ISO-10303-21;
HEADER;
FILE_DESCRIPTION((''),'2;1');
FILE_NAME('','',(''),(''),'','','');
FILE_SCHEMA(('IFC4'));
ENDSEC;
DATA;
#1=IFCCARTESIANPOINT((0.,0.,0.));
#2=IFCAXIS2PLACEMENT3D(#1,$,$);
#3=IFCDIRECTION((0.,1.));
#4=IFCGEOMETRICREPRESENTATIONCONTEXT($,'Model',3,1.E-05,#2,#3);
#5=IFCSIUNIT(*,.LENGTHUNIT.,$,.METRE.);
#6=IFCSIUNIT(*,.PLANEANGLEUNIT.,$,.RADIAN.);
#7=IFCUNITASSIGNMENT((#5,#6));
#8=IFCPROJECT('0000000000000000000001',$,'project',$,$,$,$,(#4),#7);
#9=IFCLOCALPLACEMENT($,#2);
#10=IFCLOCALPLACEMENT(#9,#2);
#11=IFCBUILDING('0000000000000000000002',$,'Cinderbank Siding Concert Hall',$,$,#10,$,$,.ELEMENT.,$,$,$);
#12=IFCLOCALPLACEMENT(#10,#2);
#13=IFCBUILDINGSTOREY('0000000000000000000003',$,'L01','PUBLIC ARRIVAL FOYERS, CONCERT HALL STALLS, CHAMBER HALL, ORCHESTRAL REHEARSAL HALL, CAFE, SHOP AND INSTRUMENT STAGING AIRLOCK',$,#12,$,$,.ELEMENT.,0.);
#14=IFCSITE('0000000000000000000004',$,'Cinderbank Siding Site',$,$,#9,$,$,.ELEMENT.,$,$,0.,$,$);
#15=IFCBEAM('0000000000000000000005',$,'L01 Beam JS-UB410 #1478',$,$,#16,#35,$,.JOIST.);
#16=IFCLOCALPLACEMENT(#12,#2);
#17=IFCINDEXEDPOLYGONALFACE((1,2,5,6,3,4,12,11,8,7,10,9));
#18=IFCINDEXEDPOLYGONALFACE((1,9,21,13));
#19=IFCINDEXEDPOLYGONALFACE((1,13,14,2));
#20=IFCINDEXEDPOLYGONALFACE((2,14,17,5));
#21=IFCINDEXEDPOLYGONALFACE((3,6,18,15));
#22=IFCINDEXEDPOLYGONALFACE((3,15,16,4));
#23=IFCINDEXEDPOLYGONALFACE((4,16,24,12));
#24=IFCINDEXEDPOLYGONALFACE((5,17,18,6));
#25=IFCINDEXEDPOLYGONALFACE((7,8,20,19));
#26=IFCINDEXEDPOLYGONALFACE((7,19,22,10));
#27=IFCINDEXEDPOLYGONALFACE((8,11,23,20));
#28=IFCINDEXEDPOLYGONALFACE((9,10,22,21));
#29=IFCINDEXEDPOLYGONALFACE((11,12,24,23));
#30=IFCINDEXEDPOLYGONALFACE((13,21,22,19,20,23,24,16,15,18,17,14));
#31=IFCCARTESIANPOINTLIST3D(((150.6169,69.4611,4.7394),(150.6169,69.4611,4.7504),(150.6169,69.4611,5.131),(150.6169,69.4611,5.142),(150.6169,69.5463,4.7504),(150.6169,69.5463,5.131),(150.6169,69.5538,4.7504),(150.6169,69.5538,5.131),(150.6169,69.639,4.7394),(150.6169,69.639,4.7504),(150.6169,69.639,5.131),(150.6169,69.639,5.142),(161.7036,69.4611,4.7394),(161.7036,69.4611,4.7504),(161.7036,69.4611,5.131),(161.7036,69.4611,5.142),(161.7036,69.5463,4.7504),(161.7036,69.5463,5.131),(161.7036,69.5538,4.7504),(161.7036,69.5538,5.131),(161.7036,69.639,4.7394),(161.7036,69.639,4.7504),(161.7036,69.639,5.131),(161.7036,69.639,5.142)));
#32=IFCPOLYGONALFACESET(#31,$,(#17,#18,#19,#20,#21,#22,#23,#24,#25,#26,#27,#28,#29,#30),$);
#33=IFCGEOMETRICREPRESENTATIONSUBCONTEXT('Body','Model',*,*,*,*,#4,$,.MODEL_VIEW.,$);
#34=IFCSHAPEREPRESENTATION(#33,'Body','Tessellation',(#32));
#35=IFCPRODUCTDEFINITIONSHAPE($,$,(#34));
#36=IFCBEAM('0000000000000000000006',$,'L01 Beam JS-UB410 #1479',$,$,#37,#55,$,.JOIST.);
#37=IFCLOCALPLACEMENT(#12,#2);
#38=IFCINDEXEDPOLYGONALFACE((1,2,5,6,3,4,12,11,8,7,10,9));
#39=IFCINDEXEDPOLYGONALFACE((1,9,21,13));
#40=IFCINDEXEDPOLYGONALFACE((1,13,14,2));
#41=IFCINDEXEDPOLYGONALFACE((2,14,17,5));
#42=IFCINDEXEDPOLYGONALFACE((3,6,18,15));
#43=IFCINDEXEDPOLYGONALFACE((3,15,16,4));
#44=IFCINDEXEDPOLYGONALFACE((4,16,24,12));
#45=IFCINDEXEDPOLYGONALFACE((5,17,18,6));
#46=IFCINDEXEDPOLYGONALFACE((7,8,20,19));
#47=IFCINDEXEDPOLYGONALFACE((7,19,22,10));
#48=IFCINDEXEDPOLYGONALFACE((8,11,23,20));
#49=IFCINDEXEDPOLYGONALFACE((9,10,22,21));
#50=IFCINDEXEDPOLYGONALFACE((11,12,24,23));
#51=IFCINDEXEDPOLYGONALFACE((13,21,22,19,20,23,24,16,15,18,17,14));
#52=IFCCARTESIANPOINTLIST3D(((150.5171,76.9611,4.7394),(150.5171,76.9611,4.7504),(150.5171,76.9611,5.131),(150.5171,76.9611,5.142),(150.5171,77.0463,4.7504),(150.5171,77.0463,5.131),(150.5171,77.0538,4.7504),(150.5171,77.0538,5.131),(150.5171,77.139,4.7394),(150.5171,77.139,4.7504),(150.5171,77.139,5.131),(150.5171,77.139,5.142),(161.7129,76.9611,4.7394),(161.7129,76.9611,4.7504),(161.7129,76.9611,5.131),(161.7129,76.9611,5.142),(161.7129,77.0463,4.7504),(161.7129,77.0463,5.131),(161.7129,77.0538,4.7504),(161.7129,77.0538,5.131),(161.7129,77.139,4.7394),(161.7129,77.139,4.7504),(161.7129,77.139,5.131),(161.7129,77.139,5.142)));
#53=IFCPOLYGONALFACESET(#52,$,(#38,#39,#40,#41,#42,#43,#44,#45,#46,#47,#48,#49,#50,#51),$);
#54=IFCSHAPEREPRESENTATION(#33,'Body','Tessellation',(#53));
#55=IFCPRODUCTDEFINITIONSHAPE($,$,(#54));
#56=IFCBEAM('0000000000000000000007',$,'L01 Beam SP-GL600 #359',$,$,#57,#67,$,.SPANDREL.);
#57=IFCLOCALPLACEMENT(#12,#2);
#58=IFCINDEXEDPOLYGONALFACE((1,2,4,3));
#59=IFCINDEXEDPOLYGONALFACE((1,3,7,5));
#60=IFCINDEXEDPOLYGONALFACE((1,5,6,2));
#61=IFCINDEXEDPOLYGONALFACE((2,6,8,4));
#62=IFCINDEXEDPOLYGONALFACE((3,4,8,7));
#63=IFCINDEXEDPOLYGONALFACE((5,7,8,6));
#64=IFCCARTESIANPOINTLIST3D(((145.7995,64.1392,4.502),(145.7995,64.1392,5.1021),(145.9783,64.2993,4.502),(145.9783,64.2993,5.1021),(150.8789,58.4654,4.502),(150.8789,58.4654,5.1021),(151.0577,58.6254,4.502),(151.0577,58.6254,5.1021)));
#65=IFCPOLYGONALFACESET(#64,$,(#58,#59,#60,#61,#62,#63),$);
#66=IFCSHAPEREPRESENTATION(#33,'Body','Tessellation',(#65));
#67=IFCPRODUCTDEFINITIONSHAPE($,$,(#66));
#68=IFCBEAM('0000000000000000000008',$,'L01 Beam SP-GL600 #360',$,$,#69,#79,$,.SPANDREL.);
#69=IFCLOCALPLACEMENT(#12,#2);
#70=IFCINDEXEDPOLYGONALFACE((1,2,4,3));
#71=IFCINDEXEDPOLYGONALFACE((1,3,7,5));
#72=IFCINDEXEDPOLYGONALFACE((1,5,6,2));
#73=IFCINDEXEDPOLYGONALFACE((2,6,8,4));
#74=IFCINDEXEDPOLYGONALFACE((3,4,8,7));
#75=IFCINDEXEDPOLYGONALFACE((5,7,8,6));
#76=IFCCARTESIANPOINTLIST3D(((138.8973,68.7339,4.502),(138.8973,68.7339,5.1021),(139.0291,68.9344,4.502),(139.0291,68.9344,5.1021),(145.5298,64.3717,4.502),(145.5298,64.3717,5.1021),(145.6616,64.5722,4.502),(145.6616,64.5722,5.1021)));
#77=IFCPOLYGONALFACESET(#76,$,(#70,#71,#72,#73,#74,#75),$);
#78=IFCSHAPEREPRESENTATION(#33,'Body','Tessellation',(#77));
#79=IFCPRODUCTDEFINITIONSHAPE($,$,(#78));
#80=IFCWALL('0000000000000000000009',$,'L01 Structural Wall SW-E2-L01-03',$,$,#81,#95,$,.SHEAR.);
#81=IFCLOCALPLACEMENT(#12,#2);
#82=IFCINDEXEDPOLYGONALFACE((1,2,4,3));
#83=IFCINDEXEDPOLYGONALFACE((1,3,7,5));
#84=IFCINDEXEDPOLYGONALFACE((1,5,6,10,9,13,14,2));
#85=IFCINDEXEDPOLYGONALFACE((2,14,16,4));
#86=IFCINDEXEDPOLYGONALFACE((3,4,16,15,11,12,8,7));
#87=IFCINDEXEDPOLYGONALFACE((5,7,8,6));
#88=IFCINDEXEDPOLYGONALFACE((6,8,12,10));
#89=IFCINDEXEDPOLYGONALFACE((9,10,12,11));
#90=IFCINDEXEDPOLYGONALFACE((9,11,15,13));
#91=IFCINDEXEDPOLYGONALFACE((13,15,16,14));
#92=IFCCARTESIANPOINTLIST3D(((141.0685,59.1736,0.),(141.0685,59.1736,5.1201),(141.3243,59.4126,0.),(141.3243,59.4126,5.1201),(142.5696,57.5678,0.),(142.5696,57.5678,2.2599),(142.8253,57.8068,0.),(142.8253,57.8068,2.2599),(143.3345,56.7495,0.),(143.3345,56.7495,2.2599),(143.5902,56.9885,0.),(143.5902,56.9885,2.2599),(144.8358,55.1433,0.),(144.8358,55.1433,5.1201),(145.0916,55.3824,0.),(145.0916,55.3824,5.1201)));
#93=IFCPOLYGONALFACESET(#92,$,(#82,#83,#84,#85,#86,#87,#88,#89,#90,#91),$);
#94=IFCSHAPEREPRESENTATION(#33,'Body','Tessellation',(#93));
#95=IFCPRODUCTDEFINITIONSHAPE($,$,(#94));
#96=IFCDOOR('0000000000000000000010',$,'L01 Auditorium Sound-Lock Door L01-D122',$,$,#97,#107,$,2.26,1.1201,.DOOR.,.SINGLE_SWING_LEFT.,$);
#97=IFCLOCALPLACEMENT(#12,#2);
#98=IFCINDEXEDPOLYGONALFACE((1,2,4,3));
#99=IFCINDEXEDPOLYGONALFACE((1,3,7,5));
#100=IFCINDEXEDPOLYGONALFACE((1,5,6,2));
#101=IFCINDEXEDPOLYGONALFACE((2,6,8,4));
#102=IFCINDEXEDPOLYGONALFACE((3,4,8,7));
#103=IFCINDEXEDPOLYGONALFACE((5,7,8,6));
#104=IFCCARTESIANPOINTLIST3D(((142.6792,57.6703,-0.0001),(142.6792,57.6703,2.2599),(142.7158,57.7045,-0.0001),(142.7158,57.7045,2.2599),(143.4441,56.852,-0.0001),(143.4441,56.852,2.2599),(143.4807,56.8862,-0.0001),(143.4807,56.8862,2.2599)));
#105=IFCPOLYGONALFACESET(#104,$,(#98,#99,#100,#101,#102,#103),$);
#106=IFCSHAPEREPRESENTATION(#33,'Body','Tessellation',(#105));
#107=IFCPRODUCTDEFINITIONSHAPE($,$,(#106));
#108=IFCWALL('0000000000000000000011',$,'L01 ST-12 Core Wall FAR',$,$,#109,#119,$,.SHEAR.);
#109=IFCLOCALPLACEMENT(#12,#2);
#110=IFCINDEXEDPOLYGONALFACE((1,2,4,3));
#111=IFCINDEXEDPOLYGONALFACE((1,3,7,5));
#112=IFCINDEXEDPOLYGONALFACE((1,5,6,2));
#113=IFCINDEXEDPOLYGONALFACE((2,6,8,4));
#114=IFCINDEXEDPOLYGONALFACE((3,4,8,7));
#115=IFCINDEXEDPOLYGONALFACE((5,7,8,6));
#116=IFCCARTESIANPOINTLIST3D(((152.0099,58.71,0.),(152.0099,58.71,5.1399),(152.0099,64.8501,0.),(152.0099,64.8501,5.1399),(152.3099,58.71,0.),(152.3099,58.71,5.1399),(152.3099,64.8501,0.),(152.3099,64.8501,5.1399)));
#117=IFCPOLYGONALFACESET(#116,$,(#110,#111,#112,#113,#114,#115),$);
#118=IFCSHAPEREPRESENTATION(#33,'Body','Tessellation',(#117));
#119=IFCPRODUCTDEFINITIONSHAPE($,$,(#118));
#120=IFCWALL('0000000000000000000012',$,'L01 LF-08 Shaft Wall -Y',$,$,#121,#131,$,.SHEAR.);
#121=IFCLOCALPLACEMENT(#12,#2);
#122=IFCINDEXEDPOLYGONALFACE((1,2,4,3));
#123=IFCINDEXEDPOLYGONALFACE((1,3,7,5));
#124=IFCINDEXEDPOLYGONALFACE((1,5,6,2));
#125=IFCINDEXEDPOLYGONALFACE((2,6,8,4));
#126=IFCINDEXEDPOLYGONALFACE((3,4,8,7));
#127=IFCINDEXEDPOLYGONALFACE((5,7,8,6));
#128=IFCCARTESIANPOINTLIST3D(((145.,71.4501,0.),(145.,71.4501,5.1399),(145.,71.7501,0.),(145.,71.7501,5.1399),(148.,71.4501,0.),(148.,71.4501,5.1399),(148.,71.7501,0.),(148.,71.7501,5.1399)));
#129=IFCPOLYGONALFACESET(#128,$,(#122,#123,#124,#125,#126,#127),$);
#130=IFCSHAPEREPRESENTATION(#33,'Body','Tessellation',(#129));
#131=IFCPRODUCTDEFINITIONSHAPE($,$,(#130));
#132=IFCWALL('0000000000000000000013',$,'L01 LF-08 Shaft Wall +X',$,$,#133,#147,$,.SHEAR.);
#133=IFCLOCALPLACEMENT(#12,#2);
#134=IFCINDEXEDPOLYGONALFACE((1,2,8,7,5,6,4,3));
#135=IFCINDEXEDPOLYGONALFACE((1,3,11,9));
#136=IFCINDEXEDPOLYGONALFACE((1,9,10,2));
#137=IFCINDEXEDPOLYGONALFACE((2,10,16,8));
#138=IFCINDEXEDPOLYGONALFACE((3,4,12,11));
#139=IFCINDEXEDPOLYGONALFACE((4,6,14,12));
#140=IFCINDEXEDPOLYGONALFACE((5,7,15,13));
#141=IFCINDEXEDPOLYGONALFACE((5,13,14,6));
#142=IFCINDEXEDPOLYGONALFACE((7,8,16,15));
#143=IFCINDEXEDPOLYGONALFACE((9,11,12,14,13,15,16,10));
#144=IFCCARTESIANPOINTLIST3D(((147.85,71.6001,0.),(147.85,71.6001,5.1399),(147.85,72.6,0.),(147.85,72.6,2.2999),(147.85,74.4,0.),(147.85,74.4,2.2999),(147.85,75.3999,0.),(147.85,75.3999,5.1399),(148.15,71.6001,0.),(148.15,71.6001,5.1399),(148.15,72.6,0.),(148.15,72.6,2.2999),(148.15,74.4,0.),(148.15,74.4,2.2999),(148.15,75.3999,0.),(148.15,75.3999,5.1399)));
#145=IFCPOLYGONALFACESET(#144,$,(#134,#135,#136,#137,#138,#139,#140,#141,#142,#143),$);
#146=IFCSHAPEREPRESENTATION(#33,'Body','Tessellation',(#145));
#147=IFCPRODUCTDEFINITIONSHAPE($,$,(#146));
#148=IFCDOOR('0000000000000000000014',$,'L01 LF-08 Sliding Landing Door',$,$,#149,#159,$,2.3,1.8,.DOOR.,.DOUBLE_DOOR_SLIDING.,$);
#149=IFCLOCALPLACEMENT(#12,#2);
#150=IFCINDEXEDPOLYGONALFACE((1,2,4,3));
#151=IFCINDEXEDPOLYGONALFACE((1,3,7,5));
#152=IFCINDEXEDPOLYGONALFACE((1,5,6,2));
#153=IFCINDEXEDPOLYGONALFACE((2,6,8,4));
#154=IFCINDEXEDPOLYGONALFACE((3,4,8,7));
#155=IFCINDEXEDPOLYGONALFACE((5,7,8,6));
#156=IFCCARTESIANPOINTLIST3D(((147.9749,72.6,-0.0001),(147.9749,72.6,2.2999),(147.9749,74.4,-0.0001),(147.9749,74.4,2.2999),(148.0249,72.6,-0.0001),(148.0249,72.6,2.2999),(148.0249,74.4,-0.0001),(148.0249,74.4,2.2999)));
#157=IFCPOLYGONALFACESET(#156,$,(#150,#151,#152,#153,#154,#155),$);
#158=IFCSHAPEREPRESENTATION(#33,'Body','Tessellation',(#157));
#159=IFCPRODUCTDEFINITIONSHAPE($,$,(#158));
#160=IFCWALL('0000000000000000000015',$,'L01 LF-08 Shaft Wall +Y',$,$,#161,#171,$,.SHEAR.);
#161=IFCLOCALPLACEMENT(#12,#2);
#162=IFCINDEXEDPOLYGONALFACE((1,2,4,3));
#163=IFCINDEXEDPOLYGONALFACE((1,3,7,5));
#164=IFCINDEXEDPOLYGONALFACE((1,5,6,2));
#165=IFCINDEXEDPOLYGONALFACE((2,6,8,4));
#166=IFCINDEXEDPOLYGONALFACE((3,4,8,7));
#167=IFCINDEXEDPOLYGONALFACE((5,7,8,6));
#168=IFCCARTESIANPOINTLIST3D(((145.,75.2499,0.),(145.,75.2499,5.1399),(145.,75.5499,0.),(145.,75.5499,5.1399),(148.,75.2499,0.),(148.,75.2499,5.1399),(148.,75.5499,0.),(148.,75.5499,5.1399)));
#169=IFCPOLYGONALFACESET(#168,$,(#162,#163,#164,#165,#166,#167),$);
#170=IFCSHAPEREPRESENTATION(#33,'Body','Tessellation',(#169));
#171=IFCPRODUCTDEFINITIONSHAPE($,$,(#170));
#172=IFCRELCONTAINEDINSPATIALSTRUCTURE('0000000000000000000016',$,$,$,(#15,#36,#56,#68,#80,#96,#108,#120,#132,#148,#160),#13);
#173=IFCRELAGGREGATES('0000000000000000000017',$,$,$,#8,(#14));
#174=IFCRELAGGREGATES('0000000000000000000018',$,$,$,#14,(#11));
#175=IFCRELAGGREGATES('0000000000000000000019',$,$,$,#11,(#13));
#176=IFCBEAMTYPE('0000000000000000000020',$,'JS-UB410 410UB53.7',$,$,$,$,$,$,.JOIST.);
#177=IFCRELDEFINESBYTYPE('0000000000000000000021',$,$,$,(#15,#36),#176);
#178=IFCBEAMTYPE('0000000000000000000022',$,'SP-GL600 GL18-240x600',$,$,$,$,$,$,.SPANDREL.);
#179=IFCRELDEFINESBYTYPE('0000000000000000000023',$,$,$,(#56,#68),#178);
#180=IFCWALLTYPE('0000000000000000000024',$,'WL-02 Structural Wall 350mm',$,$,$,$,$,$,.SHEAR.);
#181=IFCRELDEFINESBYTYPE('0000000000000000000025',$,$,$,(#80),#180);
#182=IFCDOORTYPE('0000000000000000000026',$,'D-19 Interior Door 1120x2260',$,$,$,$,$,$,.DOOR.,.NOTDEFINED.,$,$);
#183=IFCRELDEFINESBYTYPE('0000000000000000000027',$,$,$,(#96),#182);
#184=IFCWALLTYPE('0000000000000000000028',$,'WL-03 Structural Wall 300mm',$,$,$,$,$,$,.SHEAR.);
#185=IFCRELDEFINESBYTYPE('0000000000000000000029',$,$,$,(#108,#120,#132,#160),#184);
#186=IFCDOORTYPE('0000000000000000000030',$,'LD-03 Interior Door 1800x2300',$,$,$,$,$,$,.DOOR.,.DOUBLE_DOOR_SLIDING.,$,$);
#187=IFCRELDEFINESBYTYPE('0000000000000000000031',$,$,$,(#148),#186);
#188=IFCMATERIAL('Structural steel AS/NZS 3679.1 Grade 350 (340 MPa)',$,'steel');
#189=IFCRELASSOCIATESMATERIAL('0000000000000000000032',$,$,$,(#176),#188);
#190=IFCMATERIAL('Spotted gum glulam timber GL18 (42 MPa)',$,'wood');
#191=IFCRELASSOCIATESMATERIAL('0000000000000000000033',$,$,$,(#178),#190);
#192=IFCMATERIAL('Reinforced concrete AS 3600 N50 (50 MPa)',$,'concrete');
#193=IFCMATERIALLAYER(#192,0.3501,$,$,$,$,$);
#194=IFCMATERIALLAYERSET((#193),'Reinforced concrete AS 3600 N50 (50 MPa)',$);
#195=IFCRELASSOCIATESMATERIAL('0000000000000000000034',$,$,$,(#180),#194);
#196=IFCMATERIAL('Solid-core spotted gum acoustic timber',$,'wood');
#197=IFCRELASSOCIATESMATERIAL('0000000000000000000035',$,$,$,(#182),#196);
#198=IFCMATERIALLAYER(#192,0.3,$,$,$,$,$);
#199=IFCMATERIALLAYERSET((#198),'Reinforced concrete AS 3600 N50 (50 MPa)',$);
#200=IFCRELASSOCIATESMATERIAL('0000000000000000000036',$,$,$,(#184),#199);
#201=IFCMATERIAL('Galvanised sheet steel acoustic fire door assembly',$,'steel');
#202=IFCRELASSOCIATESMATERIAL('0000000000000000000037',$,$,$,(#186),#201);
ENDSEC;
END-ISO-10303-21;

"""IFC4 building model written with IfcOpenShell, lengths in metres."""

from ifc_helpers import new_model, si_unit, direction, frame, frame_2d, origin, origin_2d, place, context, subcontext, project, spatial, rectangle, i_section, extrude, material, layer, layer_set, material_profile, profile_set, type_object, element, fill, save


model = new_model("IFC4")

# Units and contexts
model_context = context("Model", 3, precision=1e-05, world=origin(), true_north=direction((0.0, 1.0)))
body_context = subcontext(model_context, "Body", "Model", "MODEL_VIEW")
ifc_project = project(units=[si_unit("LENGTHUNIT", "METRE"), si_unit("PLANEANGLEUNIT", "RADIAN")], contexts=[model_context])

# Site, building, storey
site_placement = place(None, origin())
site = spatial("IfcSite", under=ifc_project, at=site_placement, Name="Cinderbank Siding Site", CompositionType="ELEMENT", RefElevation=0.0)
building_placement = place(site_placement, origin())
building = spatial("IfcBuilding", under=site, at=building_placement, Name="Cinderbank Siding Concert Hall", CompositionType="ELEMENT")
storey_placement = place(building_placement, origin())
storey = spatial("IfcBuildingStorey", under=building, at=storey_placement, Name="L01", Description="PUBLIC ARRIVAL FOYERS, CONCERT HALL STALLS, CHAMBER HALL, ORCHESTRAL REHEARSAL HALL, CAFE, SHOP AND INSTRUMENT STAGING AIRLOCK", CompositionType="ELEMENT", Elevation=0.0)

# Shared definitions
ifc_material_1 = material(Name="Reinforced concrete AS 3600 N50 (50 MPa)", Category="concrete")

# Beams
ifc_material_2 = material(Name="Structural steel AS/NZS 3679.1 Grade 350 (340 MPa)", Category="steel")
ifc_material_profile_1 = material_profile(ifc_material_2, i_section(OverallWidth=0.178, OverallDepth=0.4026, WebThickness=0.0076, FlangeThickness=0.011, at=origin_2d()), Name="410UB53.7", Category="LoadBearing")
ifc_profile_set_1 = profile_set([ifc_material_profile_1], Name="Structural steel AS/NZS 3679.1 Grade 350 (340 MPa)")
beam_type_1 = type_object("IfcBeamType", Name="JS-UB410 410UB53.7", PredefinedType="JOIST", material=ifc_profile_set_1)
beam_1_placement = place(storey_placement, frame((150.6169, 69.55, 4.9407), z_axis=(1.0, 0.0, 0.0), x_axis=(0.0, 1.0, 0.0)))
element("IfcBeam", 1, at=beam_1_placement, inside=storey, type_object=beam_type_1, Name="L01 Beam JS-UB410 #1478", PredefinedType="JOIST", context=body_context, shape_type="SweptSolid", body=[
    extrude(i_section(OverallWidth=0.178, OverallDepth=0.4026, WebThickness=0.0076, FlangeThickness=0.011, at=origin_2d()), origin(), (0.0, 0.0, 1.0), 11.0867),
])
beam_2_placement = place(storey_placement, frame((150.5171, 77.05, 4.9407), z_axis=(1.0, 0.0, 0.0), x_axis=(0.0, 1.0, 0.0)))
element("IfcBeam", 2, at=beam_2_placement, inside=storey, type_object=beam_type_1, Name="L01 Beam JS-UB410 #1479", PredefinedType="JOIST", context=body_context, shape_type="SweptSolid", body=[
    extrude(i_section(OverallWidth=0.178, OverallDepth=0.4026, WebThickness=0.0076, FlangeThickness=0.011, at=origin_2d()), origin(), (0.0, 0.0, 1.0), 11.1958),
])
ifc_material_3 = material(Name="Spotted gum glulam timber GL18 (42 MPa)", Category="wood")
ifc_material_profile_2 = material_profile(ifc_material_3, rectangle(XDim=0.24, YDim=0.6001, at=origin_2d()), Name="GL18-240x600", Category="LoadBearing")
ifc_profile_set_2 = profile_set([ifc_material_profile_2], Name="Spotted gum glulam timber GL18 (42 MPa)")
beam_type_2 = type_object("IfcBeamType", Name="SP-GL600 GL18-240x600", PredefinedType="SPANDREL", material=ifc_profile_set_2)
beam_3_placement = place(storey_placement, frame((150.9683, 58.5454, 4.802), z_axis=(-0.666996, 0.745061, 0.0), x_axis=(-0.745061, -0.666996, 0.0)))
element("IfcBeam", 3, at=beam_3_placement, inside=storey, type_object=beam_type_2, Name="L01 Beam SP-GL600 #359", PredefinedType="SPANDREL", context=body_context, shape_type="SweptSolid", body=[
    extrude(rectangle(XDim=0.24, YDim=0.6001, at=origin_2d()), origin(), (0.0, 0.0, 1.0), 7.6152),
])
beam_4_placement = place(storey_placement, frame((145.5957, 64.4719, 4.802), z_axis=(-0.835488, 0.549509, 0.0), x_axis=(-0.549509, -0.835488, 0.0)))
element("IfcBeam", 4, at=beam_4_placement, inside=storey, type_object=beam_type_2, Name="L01 Beam SP-GL600 #360", PredefinedType="SPANDREL", context=body_context, shape_type="SweptSolid", body=[
    extrude(rectangle(XDim=0.24, YDim=0.6001, at=origin_2d()), origin(), (0.0, 0.0, 1.0), 7.9385),
])

# Wall, opening, door
ifc_layer_1 = layer(ifc_material_1, 0.3501)
ifc_layer_set_1 = layer_set([ifc_layer_1], Name="Reinforced concrete AS 3600 N50 (50 MPa)")
wall_type_1 = type_object("IfcWallType", Name="WL-02 Structural Wall 350mm", PredefinedType="SHEAR", material=ifc_layer_set_1)
wall_1_placement = place(storey_placement, frame((144.9636, 55.2629, 0.0), z_axis=(0.0, 0.0, 1.0), x_axis=(-0.682875, 0.730536, 0.0)))
wall_1 = element("IfcWall", 5, at=wall_1_placement, inside=storey, type_object=wall_type_1, Name="L01 Structural Wall SW-E2-L01-03", PredefinedType="SHEAR", context=body_context, shape_type="SweptSolid", body=[
    extrude(rectangle(XDim=5.5168, YDim=0.3501, at=frame_2d((2.7583, 0.0))), origin(), (0.0, 0.0, 1.0), 5.1201),
])
opening_1_placement = place(wall_1_placement, frame((2.1985, 0.0, 0.0)))
opening_1 = element("IfcOpeningElement", 6, at=opening_1_placement, cuts=wall_1, PredefinedType="OPENING", context=body_context, shape_type="SweptSolid", body=[
    extrude(rectangle(XDim=1.1201, YDim=2.26, at=frame_2d((0.5601, 1.1299))), frame((0.0, 0.187, 0.0), z_axis=(0.0, -1.0, 0.0), x_axis=(1.0, 0.0, 0.0)), (0.0, 0.0, 1.0), 0.374),
])
ifc_material_4 = material(Name="Solid-core spotted gum acoustic timber", Category="wood")
door_type_1 = type_object("IfcDoorType", Name="D-19 Interior Door 1120x2260", OperationType="NOTDEFINED", PredefinedType="DOOR", material=ifc_material_4)
door_1_placement = place(opening_1_placement, origin())
door_1 = element("IfcDoor", 7, at=door_1_placement, inside=storey, type_object=door_type_1, Name="L01 Auditorium Sound-Lock Door L01-D122", OperationType="SINGLE_SWING_LEFT", OverallHeight=2.26, OverallWidth=1.1201, PredefinedType="DOOR", context=body_context, shape_type="SweptSolid", body=[
    extrude(rectangle(XDim=1.1201, YDim=2.26, at=frame_2d((0.5601, 1.1299))), frame((0.0, 0.0249, 0.0), z_axis=(0.0, -1.0, 0.0), x_axis=(1.0, 0.0, 0.0)), (0.0, 0.0, 1.0), 0.05),
])
fill(opening_1, door_1)

# Walls
ifc_layer_2 = layer(ifc_material_1, 0.3)
ifc_layer_set_2 = layer_set([ifc_layer_2], Name="Reinforced concrete AS 3600 N50 (50 MPa)")
wall_type_2 = type_object("IfcWallType", Name="WL-03 Structural Wall 300mm", PredefinedType="SHEAR", material=ifc_layer_set_2)
wall_2_placement = place(storey_placement, frame((152.1599, 58.71, 0.0), z_axis=(0.0, 0.0, 1.0), x_axis=(0.0, 1.0, 0.0)))
element("IfcWall", 8, at=wall_2_placement, inside=storey, type_object=wall_type_2, Name="L01 ST-12 Core Wall FAR", PredefinedType="SHEAR", context=body_context, shape_type="SweptSolid", body=[
    extrude(rectangle(XDim=6.1401, YDim=0.3, at=frame_2d((3.0701, 0.0))), origin(), (0.0, 0.0, 1.0), 5.1399),
])
wall_3_placement = place(storey_placement, frame((148.0, 71.6001, 0.0), z_axis=(0.0, 0.0, 1.0), x_axis=(-1.0, 0.0, 0.0)))
element("IfcWall", 9, at=wall_3_placement, inside=storey, type_object=wall_type_2, Name="L01 LF-08 Shaft Wall -Y", PredefinedType="SHEAR", context=body_context, shape_type="SweptSolid", body=[
    extrude(rectangle(XDim=3.0, YDim=0.3, at=frame_2d((1.5, 0.0))), origin(), (0.0, 0.0, 1.0), 5.1399),
])

# Wall, opening, door
wall_4_placement = place(storey_placement, frame((148.0, 75.3999, 0.0), z_axis=(0.0, 0.0, 1.0), x_axis=(0.0, -1.0, 0.0)))
wall_4 = element("IfcWall", 10, at=wall_4_placement, inside=storey, type_object=wall_type_2, Name="L01 LF-08 Shaft Wall +X", PredefinedType="SHEAR", context=body_context, shape_type="SweptSolid", body=[
    extrude(rectangle(XDim=3.7998, YDim=0.3, at=frame_2d((1.8999, 0.0))), origin(), (0.0, 0.0, 1.0), 5.1399),
])
opening_2_placement = place(wall_4_placement, frame((1.0, 0.0, 0.0)))
opening_2 = element("IfcOpeningElement", 11, at=opening_2_placement, cuts=wall_4, PredefinedType="OPENING", context=body_context, shape_type="SweptSolid", body=[
    extrude(rectangle(XDim=1.8, YDim=2.3, at=frame_2d((0.8999, 1.1499))), frame((0.0, 0.1621, 0.0), z_axis=(0.0, -1.0, 0.0), x_axis=(1.0, 0.0, 0.0)), (0.0, 0.0, 1.0), 0.324),
])
ifc_material_5 = material(Name="Galvanised sheet steel acoustic fire door assembly", Category="steel")
door_type_2 = type_object("IfcDoorType", Name="LD-03 Interior Door 1800x2300", OperationType="DOUBLE_DOOR_SLIDING", PredefinedType="DOOR", material=ifc_material_5)
door_2_placement = place(opening_2_placement, origin())
door_2 = element("IfcDoor", 12, at=door_2_placement, inside=storey, type_object=door_type_2, Name="L01 LF-08 Sliding Landing Door", OperationType="DOUBLE_DOOR_SLIDING", OverallHeight=2.3, OverallWidth=1.8, PredefinedType="DOOR", context=body_context, shape_type="SweptSolid", body=[
    extrude(rectangle(XDim=1.8, YDim=2.3, at=frame_2d((0.8999, 1.1499))), frame((0.0, 0.0249, 0.0), z_axis=(0.0, -1.0, 0.0), x_axis=(1.0, 0.0, 0.0)), (0.0, 0.0, 1.0), 0.05),
])
fill(opening_2, door_2)

# Wall
wall_5_placement = place(storey_placement, frame((145.0, 75.3999, 0.0), z_axis=(0.0, 0.0, 1.0), x_axis=(1.0, 0.0, 0.0)))
element("IfcWall", 13, at=wall_5_placement, inside=storey, type_object=wall_type_2, Name="L01 LF-08 Shaft Wall +Y", PredefinedType="SHEAR", context=body_context, shape_type="SweptSolid", body=[
    extrude(rectangle(XDim=3.0, YDim=0.3, at=frame_2d((1.5, 0.0))), origin(), (0.0, 0.0, 1.0), 5.1399),
])

save(model, "model.ifc")
